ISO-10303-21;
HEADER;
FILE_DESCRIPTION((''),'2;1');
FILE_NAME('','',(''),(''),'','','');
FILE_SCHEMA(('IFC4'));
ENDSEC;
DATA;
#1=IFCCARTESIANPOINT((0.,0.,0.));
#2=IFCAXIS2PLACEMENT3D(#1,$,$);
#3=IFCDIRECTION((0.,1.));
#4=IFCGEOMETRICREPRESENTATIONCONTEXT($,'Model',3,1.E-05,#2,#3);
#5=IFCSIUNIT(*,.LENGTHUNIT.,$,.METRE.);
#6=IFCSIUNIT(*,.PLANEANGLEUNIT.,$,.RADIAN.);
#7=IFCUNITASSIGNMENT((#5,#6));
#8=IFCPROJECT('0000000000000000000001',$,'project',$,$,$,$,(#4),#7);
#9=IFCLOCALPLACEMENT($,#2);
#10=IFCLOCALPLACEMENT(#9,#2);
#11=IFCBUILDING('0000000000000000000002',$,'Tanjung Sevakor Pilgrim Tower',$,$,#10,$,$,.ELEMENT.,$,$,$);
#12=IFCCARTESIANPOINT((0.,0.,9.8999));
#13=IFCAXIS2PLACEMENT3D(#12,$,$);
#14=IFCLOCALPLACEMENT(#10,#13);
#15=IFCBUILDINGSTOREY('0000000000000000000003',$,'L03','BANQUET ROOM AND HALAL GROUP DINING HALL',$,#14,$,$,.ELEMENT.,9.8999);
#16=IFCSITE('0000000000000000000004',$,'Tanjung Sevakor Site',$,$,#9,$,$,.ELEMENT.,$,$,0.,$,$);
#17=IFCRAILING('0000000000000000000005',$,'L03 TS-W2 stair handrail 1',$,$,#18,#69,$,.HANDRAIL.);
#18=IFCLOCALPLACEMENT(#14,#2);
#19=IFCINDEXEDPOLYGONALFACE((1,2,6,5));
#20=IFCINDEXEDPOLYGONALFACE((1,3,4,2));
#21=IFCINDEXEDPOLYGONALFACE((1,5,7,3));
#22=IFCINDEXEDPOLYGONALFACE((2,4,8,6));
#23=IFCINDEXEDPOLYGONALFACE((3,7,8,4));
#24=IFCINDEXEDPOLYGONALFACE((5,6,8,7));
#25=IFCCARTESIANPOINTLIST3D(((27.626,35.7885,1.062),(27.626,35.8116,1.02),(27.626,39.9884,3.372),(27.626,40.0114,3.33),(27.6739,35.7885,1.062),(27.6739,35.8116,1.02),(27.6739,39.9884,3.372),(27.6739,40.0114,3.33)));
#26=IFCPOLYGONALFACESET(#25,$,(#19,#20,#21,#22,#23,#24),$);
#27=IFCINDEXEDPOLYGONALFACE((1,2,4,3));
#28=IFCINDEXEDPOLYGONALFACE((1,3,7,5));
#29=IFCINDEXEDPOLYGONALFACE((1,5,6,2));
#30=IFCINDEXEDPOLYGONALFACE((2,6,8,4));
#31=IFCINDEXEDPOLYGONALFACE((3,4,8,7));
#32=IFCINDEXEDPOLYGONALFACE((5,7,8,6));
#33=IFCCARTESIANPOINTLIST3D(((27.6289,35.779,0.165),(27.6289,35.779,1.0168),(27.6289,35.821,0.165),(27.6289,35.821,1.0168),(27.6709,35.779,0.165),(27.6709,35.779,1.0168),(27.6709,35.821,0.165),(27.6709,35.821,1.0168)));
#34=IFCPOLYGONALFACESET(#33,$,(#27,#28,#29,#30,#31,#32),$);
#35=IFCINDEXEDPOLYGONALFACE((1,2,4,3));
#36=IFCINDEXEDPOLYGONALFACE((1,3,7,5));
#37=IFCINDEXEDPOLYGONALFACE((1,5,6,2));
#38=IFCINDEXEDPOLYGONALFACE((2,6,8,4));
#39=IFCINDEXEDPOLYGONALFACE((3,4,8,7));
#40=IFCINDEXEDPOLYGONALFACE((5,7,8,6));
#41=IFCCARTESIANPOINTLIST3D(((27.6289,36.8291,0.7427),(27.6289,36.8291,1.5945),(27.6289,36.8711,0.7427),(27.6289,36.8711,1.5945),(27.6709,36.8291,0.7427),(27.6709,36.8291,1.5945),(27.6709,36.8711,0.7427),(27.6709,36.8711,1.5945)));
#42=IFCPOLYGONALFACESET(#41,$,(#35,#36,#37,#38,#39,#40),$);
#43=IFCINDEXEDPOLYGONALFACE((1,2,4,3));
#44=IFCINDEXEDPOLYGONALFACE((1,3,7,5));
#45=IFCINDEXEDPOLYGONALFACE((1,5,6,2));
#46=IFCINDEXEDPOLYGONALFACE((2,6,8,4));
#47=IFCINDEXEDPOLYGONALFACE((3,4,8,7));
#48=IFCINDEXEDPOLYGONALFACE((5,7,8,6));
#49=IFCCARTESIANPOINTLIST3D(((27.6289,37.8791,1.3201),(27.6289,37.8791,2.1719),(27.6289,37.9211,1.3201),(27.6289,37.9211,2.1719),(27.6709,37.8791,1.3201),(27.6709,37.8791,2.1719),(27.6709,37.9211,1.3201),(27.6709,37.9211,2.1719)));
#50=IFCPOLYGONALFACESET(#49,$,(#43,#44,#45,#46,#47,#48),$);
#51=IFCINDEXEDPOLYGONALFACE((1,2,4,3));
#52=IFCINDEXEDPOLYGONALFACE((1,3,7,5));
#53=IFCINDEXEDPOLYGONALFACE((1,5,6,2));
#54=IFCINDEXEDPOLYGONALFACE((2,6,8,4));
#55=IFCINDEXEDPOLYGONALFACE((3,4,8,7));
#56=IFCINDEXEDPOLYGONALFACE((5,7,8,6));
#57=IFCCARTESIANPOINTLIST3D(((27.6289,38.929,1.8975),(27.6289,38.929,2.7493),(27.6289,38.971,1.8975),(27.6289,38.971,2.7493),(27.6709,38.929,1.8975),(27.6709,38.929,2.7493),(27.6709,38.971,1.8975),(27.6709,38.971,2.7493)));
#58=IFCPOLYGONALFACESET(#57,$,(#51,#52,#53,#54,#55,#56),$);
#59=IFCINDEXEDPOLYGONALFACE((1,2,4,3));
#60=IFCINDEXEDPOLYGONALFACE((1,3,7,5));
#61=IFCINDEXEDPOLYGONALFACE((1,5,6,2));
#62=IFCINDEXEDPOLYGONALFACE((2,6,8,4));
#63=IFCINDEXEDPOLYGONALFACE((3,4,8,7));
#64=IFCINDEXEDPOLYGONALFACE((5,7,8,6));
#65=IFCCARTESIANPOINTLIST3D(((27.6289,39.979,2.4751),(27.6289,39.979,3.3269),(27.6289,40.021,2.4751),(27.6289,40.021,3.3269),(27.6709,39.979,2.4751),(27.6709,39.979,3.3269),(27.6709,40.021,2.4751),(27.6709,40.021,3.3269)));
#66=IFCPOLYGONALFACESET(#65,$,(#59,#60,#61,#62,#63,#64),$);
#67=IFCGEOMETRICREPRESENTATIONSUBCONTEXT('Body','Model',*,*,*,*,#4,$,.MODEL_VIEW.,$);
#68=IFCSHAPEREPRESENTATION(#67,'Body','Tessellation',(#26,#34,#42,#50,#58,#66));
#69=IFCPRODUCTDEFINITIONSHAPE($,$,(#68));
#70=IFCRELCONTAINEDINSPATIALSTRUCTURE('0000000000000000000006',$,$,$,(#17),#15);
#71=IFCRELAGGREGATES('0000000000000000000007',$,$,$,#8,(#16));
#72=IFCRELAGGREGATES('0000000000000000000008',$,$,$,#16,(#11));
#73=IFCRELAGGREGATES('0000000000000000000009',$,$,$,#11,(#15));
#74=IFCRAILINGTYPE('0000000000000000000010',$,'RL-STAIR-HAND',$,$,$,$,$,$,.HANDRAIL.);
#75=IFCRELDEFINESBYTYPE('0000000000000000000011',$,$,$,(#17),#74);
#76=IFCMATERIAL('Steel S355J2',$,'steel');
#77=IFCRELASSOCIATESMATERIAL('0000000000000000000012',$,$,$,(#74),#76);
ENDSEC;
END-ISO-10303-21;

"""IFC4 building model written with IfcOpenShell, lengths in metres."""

from ifc_helpers import new_model, si_unit, direction, frame, origin, place, context, subcontext, project, spatial, rectangle, extrude, material, type_object, element, save


model = new_model("IFC4")

# Units and contexts
model_context = context("Model", 3, precision=1e-05, world=origin(), true_north=direction((0.0, 1.0)))
body_context = subcontext(model_context, "Body", "Model", "MODEL_VIEW")
ifc_project = project(units=[si_unit("LENGTHUNIT", "METRE"), si_unit("PLANEANGLEUNIT", "RADIAN")], contexts=[model_context])

# Site, building, storey
site_placement = place(None, origin())
site = spatial("IfcSite", under=ifc_project, at=site_placement, Name="Tanjung Sevakor Site", CompositionType="ELEMENT", RefElevation=0.0)
building_placement = place(site_placement, origin())
building = spatial("IfcBuilding", under=site, at=building_placement, Name="Tanjung Sevakor Pilgrim Tower", CompositionType="ELEMENT")
storey_placement = place(building_placement, frame((0.0, 0.0, 9.8999)))
storey = spatial("IfcBuildingStorey", under=building, at=storey_placement, Name="L03", Description="BANQUET ROOM AND HALAL GROUP DINING HALL", CompositionType="ELEMENT", Elevation=9.8999)

# Railing
ifc_material_1 = material(Name="Steel S355J2", Category="steel")
railing_type = type_object("IfcRailingType", Name="RL-STAIR-HAND", PredefinedType="HANDRAIL", material=ifc_material_1)
for number, where, name in (
    (1, (27.6499, 35.8, 0.165), "L03 TS-W2 stair handrail 1"),
):
    element("IfcRailing", number, at=place(storey_placement, frame(where)), inside=storey, type_object=railing_type, Name=name, PredefinedType="HANDRAIL", context=body_context, shape_type="SweptSolid", body=[
        extrude(rectangle(XDim=0.0479, YDim=0.0479), frame((0.0, 0.0, 0.876), z_axis=(0.0, 0.876208, 0.481932), x_axis=(-1.0, 0.0, 0.0)), (0.0, 0.0, 1.0), 4.7932),
        extrude(rectangle(XDim=0.042, YDim=0.042), origin(), (0.0, 0.0, 1.0), 0.8518),
        extrude(rectangle(XDim=0.042, YDim=0.042), frame((0.0, 1.05, 0.5776)), (0.0, 0.0, 1.0), 0.8518),
        extrude(rectangle(XDim=0.042, YDim=0.042), frame((0.0, 2.1001, 1.155)), (0.0, 0.0, 1.0), 0.8518),
        extrude(rectangle(XDim=0.042, YDim=0.042), frame((0.0, 3.1499, 1.7324)), (0.0, 0.0, 1.0), 0.8518),
        extrude(rectangle(XDim=0.042, YDim=0.042), frame((0.0, 4.2, 2.3101)), (0.0, 0.0, 1.0), 0.8518),
    ])

save(model, "model.ifc")
